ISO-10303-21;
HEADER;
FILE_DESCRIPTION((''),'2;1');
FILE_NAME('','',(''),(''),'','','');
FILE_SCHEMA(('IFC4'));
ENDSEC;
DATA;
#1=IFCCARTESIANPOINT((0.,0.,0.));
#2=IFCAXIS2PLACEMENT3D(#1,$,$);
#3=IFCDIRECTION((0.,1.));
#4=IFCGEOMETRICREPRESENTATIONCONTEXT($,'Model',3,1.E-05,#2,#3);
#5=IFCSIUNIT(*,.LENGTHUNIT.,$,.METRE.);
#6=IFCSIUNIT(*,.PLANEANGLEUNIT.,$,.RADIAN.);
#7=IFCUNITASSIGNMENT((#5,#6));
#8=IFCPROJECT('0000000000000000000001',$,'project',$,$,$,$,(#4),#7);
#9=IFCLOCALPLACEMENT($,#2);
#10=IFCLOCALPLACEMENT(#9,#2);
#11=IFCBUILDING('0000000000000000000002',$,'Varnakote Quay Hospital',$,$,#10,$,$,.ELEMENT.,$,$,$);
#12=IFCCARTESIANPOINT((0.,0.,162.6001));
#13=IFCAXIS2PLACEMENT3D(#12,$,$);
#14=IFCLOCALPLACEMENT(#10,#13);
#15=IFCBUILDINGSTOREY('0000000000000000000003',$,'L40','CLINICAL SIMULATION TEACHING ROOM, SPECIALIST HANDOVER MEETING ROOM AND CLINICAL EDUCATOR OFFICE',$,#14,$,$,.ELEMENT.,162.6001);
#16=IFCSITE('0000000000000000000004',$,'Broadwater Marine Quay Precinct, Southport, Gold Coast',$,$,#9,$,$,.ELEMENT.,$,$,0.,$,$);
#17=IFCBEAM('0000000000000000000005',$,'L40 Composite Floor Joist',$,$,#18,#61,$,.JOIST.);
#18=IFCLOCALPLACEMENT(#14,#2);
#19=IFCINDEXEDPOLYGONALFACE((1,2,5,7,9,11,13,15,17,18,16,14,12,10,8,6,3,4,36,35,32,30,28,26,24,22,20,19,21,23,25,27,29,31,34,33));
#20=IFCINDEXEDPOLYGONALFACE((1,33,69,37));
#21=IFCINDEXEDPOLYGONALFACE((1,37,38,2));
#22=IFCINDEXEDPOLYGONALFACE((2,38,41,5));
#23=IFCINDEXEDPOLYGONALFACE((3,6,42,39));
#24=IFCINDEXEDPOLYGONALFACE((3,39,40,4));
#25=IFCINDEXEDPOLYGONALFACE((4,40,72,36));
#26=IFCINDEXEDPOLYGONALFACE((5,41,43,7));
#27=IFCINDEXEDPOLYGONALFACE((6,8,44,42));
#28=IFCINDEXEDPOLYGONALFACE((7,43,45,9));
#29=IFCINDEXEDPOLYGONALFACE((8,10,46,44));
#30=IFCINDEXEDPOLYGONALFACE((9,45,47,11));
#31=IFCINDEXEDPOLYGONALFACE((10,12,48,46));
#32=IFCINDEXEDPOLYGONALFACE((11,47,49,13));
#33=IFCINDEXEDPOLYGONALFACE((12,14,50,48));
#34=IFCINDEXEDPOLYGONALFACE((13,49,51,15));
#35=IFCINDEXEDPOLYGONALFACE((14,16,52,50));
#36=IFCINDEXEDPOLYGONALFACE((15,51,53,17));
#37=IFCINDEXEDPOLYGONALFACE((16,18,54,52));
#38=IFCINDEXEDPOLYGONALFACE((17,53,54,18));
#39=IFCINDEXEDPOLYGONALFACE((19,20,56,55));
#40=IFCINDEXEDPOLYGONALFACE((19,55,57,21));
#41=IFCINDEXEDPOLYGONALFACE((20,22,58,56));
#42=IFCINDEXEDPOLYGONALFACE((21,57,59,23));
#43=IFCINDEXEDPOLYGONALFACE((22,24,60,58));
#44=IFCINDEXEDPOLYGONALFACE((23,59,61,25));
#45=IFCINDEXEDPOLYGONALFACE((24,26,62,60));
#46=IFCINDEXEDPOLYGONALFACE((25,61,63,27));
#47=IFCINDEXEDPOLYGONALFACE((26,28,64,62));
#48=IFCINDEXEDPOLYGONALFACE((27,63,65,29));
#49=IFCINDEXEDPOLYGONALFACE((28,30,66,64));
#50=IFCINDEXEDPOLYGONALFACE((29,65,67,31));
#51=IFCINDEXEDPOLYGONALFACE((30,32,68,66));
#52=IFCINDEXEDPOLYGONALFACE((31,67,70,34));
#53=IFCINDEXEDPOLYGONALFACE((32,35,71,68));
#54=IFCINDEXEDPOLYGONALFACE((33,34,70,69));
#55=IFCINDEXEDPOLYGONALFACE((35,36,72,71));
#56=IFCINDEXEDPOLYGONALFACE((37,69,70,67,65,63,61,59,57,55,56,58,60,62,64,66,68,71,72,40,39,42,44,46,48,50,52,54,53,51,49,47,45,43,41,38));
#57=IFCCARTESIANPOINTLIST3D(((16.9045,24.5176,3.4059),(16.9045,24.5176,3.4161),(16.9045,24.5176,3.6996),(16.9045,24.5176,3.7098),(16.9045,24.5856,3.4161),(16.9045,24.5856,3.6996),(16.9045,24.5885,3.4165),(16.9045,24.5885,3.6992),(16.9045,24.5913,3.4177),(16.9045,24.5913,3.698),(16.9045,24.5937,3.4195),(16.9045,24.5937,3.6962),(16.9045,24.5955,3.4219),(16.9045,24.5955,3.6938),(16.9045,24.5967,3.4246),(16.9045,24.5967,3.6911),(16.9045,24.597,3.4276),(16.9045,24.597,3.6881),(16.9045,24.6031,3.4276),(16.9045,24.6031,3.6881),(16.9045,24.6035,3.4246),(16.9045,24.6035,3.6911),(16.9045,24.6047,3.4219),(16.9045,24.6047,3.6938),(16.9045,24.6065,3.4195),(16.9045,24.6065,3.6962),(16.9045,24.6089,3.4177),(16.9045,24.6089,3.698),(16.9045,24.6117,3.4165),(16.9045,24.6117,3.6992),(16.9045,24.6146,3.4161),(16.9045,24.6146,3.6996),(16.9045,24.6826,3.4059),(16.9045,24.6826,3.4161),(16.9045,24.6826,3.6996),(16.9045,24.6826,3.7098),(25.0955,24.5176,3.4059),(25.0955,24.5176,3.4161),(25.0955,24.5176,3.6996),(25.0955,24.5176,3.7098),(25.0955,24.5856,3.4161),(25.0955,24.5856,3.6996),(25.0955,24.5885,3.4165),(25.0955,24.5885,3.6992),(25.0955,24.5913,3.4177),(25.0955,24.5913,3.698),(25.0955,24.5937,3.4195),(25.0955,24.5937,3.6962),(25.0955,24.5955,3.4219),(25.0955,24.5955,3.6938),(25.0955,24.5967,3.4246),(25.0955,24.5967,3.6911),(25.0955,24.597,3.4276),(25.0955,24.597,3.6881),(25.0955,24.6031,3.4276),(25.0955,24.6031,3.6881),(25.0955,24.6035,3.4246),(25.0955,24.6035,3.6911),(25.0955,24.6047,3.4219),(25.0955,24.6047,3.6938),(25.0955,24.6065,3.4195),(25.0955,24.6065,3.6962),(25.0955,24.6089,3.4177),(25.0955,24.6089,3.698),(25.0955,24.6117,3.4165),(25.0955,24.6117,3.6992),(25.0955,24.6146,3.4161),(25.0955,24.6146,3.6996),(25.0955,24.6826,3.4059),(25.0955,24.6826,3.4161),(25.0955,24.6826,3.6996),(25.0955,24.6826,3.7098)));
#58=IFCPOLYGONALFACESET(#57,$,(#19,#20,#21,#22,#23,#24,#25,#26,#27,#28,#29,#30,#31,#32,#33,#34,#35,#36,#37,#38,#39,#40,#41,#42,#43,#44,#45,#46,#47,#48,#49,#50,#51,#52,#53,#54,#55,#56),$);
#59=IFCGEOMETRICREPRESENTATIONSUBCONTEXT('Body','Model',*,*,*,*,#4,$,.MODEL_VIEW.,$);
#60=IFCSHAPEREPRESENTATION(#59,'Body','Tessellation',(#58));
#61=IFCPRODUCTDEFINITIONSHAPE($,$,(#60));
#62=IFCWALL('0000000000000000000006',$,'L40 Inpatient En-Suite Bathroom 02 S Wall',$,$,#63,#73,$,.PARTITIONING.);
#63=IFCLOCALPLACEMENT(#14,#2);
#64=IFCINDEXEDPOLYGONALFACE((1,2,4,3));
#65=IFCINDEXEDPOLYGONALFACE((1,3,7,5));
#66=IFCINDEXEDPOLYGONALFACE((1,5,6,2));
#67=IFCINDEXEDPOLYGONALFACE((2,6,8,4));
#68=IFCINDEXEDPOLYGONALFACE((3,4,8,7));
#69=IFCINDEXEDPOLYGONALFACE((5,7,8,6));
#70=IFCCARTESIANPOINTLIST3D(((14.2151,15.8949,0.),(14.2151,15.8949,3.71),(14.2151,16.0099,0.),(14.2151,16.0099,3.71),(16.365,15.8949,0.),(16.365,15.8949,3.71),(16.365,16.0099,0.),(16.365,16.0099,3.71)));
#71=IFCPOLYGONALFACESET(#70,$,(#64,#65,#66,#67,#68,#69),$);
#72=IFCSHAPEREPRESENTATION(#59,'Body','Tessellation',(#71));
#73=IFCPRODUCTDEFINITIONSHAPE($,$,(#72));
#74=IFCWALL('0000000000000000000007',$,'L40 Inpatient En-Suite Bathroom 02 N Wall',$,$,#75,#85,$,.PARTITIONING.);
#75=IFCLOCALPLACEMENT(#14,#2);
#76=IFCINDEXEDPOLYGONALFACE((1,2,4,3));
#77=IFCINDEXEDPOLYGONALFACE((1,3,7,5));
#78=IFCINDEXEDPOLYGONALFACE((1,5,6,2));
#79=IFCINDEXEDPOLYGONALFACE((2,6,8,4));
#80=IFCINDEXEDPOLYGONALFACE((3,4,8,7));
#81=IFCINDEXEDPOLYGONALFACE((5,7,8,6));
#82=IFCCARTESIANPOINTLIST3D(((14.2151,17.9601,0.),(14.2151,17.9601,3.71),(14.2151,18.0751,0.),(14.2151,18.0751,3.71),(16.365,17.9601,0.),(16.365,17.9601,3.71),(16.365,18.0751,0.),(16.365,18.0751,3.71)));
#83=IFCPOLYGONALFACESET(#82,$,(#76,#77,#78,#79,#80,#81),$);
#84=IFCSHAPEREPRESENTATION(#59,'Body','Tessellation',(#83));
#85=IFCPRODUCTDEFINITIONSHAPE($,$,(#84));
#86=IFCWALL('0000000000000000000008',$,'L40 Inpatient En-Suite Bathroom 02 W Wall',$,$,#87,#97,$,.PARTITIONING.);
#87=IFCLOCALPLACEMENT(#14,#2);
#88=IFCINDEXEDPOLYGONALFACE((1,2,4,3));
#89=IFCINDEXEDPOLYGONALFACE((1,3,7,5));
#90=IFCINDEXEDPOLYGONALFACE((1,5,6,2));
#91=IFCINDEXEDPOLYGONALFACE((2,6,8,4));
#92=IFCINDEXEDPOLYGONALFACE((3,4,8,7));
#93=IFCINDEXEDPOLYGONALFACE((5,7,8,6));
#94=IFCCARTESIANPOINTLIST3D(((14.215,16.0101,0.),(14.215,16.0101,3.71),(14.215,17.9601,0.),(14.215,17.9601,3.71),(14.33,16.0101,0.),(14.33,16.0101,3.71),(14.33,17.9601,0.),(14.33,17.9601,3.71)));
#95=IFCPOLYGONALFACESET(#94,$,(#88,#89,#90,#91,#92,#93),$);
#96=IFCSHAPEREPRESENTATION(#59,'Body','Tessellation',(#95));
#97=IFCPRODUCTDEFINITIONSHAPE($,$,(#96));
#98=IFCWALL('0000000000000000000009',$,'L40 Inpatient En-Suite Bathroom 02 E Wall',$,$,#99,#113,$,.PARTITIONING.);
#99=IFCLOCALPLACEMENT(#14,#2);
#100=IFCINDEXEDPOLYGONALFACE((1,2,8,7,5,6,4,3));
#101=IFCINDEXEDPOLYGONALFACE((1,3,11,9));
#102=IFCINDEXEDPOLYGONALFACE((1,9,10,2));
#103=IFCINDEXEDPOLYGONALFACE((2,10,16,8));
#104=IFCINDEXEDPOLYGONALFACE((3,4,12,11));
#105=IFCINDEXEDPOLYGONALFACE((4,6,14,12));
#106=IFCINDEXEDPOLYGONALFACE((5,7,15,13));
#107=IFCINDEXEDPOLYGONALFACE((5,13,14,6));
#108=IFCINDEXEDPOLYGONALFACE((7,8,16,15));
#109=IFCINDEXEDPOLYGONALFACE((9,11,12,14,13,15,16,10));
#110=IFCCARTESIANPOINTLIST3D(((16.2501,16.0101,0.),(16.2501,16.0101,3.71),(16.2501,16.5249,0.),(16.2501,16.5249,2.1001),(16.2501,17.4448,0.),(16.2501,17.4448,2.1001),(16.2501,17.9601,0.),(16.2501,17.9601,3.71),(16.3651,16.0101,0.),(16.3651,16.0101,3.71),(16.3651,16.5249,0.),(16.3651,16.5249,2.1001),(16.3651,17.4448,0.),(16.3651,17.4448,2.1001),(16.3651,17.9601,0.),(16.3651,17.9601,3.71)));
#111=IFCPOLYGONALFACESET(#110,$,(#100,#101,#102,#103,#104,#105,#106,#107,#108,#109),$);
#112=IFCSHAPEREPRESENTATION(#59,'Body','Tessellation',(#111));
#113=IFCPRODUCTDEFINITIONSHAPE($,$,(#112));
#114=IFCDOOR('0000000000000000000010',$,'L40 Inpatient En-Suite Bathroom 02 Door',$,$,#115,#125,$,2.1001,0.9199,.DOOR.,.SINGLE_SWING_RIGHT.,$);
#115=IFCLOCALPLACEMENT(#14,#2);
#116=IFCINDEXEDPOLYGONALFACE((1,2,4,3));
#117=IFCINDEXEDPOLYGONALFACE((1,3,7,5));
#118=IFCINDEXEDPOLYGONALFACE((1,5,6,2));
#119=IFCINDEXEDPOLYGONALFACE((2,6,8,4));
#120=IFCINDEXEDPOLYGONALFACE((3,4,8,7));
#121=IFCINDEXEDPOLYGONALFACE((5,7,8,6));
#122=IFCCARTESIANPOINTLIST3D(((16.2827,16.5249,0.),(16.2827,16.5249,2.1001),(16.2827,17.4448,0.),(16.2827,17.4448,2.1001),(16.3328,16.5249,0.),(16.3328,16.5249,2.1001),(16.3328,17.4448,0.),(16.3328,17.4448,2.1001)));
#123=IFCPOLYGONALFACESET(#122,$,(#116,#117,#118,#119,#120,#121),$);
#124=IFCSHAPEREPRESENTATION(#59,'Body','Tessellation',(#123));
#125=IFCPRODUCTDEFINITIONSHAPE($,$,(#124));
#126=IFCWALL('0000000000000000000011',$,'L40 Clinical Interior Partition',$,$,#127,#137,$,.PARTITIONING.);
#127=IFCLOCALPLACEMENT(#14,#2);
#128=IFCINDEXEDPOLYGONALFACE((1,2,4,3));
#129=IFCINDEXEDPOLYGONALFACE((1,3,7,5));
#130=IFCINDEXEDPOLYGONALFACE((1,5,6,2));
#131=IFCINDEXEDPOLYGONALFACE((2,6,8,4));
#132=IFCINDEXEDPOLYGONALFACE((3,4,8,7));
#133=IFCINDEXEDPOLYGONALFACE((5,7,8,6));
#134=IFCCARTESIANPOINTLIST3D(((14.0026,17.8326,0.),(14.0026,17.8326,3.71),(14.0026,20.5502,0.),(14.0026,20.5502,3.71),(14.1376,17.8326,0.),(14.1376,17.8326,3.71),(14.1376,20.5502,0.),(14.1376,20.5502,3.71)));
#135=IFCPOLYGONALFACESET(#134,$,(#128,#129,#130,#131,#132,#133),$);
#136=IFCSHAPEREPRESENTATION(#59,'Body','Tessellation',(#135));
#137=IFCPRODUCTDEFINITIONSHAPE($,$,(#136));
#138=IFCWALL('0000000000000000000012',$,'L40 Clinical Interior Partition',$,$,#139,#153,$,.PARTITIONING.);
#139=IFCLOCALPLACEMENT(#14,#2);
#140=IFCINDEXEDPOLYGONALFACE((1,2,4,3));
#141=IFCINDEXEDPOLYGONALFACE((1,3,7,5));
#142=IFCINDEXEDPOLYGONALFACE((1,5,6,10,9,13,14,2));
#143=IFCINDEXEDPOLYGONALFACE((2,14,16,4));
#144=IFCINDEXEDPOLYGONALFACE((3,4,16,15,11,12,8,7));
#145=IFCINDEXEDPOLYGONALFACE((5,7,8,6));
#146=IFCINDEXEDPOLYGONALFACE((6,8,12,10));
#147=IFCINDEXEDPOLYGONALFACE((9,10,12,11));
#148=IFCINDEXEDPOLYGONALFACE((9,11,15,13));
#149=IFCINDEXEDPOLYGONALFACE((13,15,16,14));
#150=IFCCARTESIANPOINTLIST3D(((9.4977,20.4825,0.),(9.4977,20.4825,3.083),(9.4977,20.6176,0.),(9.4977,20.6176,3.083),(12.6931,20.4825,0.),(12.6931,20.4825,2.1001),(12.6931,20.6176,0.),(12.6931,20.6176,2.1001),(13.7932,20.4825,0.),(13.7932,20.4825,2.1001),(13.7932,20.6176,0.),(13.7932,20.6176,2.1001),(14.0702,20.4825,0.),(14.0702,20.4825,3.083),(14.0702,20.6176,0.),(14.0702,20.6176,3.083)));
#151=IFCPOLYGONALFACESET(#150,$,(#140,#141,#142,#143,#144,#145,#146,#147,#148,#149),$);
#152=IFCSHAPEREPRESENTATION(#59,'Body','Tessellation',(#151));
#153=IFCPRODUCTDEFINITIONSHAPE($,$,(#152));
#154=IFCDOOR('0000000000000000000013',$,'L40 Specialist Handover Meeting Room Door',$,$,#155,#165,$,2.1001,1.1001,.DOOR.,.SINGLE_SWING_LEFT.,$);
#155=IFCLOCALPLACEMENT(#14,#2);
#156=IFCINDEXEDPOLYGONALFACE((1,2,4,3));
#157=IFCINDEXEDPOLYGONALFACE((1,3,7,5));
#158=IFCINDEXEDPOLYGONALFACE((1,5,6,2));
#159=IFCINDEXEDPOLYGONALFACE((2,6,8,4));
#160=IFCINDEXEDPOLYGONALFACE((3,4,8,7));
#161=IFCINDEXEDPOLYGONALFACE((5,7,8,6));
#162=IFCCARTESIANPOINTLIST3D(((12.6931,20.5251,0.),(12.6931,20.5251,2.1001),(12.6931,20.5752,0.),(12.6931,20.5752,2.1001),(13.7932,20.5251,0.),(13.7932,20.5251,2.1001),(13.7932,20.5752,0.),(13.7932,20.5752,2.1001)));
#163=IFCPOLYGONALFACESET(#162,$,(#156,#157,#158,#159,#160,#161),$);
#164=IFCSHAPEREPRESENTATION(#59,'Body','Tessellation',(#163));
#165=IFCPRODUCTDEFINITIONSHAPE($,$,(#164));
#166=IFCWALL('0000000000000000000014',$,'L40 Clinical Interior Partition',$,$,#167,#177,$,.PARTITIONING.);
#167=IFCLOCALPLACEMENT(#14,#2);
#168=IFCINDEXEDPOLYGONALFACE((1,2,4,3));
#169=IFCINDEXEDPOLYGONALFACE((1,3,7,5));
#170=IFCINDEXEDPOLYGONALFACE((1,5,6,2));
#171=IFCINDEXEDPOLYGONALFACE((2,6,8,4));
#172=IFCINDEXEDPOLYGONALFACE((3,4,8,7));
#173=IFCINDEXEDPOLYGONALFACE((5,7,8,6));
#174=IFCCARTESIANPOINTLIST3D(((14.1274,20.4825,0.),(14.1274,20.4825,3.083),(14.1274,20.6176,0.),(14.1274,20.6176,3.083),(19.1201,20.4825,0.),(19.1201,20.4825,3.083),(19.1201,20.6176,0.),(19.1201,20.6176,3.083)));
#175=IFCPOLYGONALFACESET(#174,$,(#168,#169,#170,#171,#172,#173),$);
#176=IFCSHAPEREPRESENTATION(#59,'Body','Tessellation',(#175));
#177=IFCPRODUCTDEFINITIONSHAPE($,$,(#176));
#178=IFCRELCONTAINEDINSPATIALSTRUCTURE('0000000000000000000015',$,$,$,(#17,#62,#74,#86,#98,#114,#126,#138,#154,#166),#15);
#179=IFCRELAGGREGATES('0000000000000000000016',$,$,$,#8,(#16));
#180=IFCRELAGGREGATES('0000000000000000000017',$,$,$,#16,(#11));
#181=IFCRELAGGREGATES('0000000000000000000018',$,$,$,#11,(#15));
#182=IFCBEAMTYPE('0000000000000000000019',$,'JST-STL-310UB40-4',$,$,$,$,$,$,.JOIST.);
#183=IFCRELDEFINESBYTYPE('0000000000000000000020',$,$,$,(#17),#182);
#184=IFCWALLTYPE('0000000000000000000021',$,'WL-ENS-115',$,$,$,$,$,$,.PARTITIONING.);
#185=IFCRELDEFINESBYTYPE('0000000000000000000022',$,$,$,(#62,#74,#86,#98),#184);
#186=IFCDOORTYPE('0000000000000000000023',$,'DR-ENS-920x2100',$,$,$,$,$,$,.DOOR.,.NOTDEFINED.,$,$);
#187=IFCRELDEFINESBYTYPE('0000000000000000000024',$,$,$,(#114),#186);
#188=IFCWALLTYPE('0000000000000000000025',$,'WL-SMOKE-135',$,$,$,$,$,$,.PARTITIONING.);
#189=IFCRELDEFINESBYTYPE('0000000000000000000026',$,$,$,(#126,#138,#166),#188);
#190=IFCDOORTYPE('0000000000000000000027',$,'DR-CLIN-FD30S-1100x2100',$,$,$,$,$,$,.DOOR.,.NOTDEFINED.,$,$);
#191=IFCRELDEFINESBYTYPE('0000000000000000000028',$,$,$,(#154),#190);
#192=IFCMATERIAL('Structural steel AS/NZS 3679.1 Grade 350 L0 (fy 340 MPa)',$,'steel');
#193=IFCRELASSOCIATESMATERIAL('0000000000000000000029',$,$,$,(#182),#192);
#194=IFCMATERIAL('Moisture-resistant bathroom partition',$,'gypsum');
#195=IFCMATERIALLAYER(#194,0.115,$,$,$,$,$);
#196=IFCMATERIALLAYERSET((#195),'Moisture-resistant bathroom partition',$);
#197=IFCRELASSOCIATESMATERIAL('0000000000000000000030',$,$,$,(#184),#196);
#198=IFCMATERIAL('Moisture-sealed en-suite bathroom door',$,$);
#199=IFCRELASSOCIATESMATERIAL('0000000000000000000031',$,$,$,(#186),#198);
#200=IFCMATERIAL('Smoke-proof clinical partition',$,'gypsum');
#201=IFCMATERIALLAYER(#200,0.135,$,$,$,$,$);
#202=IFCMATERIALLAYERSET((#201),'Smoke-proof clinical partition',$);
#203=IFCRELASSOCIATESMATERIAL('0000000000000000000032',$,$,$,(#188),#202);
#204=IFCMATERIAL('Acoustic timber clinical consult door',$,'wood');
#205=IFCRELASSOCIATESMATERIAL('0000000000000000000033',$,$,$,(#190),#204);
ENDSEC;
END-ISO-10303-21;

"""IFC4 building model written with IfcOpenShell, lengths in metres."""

from ifc_helpers import new_model, si_unit, direction, frame, frame_2d, origin, origin_2d, place, context, subcontext, project, spatial, rectangle, i_section, extrude, material, layer, layer_set, material_profile, profile_set, type_object, element, fill, save


model = new_model("IFC4")

# Units and contexts
model_context = context("Model", 3, precision=1e-05, world=origin(), true_north=direction((0.0, 1.0)))
body_context = subcontext(model_context, "Body", "Model", "MODEL_VIEW")
ifc_project = project(units=[si_unit("LENGTHUNIT", "METRE"), si_unit("PLANEANGLEUNIT", "RADIAN")], contexts=[model_context])

# Site, building, storey
site_placement = place(None, origin())
site = spatial("IfcSite", under=ifc_project, at=site_placement, Name="Broadwater Marine Quay Precinct, Southport, Gold Coast", CompositionType="ELEMENT", RefElevation=0.0)
building_placement = place(site_placement, origin())
building = spatial("IfcBuilding", under=site, at=building_placement, Name="Varnakote Quay Hospital", CompositionType="ELEMENT")
storey_placement = place(building_placement, frame((0.0, 0.0, 162.6001)))
storey = spatial("IfcBuildingStorey", under=building, at=storey_placement, Name="L40", Description="CLINICAL SIMULATION TEACHING ROOM, SPECIALIST HANDOVER MEETING ROOM AND CLINICAL EDUCATOR OFFICE", CompositionType="ELEMENT", Elevation=162.6001)

# Beam
ifc_material_1 = material(Name="Structural steel AS/NZS 3679.1 Grade 350 L0 (fy 340 MPa)", Category="steel")
ifc_material_profile_1 = material_profile(ifc_material_1, i_section(OverallWidth=0.165, OverallDepth=0.304, WebThickness=0.0061, FlangeThickness=0.0103, FilletRadius=0.0115, at=origin_2d()), Name="310UB40.4")
ifc_profile_set_1 = profile_set([ifc_material_profile_1], Name="Structural steel AS/NZS 3679.1 Grade 350 L0 (fy 340 MPa)")
beam_type_1 = type_object("IfcBeamType", Name="JST-STL-310UB40-4", PredefinedType="JOIST", material=ifc_profile_set_1)
beam_1_placement = place(storey_placement, frame((16.9045, 24.6001, 3.5579), z_axis=(1.0, 0.0, 0.0), x_axis=(0.0, 1.0, 0.0)))
element("IfcBeam", 1, at=beam_1_placement, inside=storey, type_object=beam_type_1, Name="L40 Composite Floor Joist", PredefinedType="JOIST", context=body_context, shape_type="SweptSolid", body=[
    extrude(i_section(OverallWidth=0.165, OverallDepth=0.304, WebThickness=0.0061, FlangeThickness=0.0103, FilletRadius=0.0115, at=origin_2d()), origin(), (0.0, 0.0, 1.0), 8.1909),
])

# Walls
ifc_material_2 = material(Name="Moisture-resistant bathroom partition", Category="gypsum")
ifc_layer_1 = layer(ifc_material_2, 0.115)
ifc_layer_set_1 = layer_set([ifc_layer_1], Name="Moisture-resistant bathroom partition")
wall_type_1 = type_object("IfcWallType", Name="WL-ENS-115", PredefinedType="PARTITIONING", material=ifc_layer_set_1)
for number, where, z_axis, x_axis, name in (
    (2, (14.2151, 15.9524, 0.0), (0.0, 0.0, 1.0), (1.0, 0.0, 0.0), "L40 Inpatient En-Suite Bathroom 02 S Wall"),
    (3, (14.2151, 18.0176, 0.0), (0.0, 0.0, 1.0), (1.0, 0.0, 0.0), "L40 Inpatient En-Suite Bathroom 02 N Wall"),
):
    element("IfcWall", number, at=place(storey_placement, frame(where, z_axis=z_axis, x_axis=x_axis)), inside=storey, type_object=wall_type_1, Name=name, PredefinedType="PARTITIONING", context=body_context, shape_type="SweptSolid", body=[
        extrude(rectangle(XDim=2.1499, YDim=0.115, at=frame_2d((1.075, 0.0))), origin(), (0.0, 0.0, 1.0), 3.71),
    ])
wall_1_placement = place(storey_placement, frame((14.2725, 16.01, 0.0), z_axis=(0.0, 0.0, 1.0), x_axis=(0.0, 1.0, 0.0)))
element("IfcWall", 4, at=wall_1_placement, inside=storey, type_object=wall_type_1, Name="L40 Inpatient En-Suite Bathroom 02 W Wall", PredefinedType="PARTITIONING", context=body_context, shape_type="SweptSolid", body=[
    extrude(rectangle(XDim=1.95, YDim=0.115, at=frame_2d((0.9751, 0.0))), origin(), (0.0, 0.0, 1.0), 3.71),
])

# Wall, opening, door
wall_2_placement = place(storey_placement, frame((16.3076, 16.01, 0.0), z_axis=(0.0, 0.0, 1.0), x_axis=(0.0, 1.0, 0.0)))
wall_2 = element("IfcWall", 5, at=wall_2_placement, inside=storey, type_object=wall_type_1, Name="L40 Inpatient En-Suite Bathroom 02 E Wall", PredefinedType="PARTITIONING", context=body_context, shape_type="SweptSolid", body=[
    extrude(rectangle(XDim=1.95, YDim=0.115, at=frame_2d((0.9751, 0.0))), origin(), (0.0, 0.0, 1.0), 3.71),
])
opening_1_placement = place(wall_2_placement, frame((0.5149, 0.0, 0.0)))
opening_1 = element("IfcOpeningElement", 6, at=opening_1_placement, cuts=wall_2, PredefinedType="OPENING", context=body_context, shape_type="SweptSolid", body=[
    extrude(rectangle(XDim=0.9199, YDim=2.1001, at=frame_2d((0.46, 1.05))), frame((0.0, 0.0674, 0.0), z_axis=(0.0, -1.0, 0.0), x_axis=(1.0, 0.0, 0.0)), (0.0, 0.0, 1.0), 0.135),
])
ifc_material_3 = material(Name="Moisture-sealed en-suite bathroom door")
door_type_1 = type_object("IfcDoorType", Name="DR-ENS-920x2100", OperationType="NOTDEFINED", PredefinedType="DOOR", material=ifc_material_3)
door_1_placement = place(opening_1_placement, origin())
door_1 = element("IfcDoor", 7, at=door_1_placement, inside=storey, type_object=door_type_1, Name="L40 Inpatient En-Suite Bathroom 02 Door", OperationType="SINGLE_SWING_RIGHT", OverallHeight=2.1001, OverallWidth=0.9199, PredefinedType="DOOR", context=body_context, shape_type="SweptSolid", body=[
    extrude(rectangle(XDim=0.9199, YDim=2.1001, at=frame_2d((0.46, 1.05))), frame((0.0, 0.0249, 0.0), z_axis=(0.0, -1.0, 0.0), x_axis=(1.0, 0.0, 0.0)), (0.0, 0.0, 1.0), 0.05),
])
fill(opening_1, door_1)

# Wall
ifc_material_4 = material(Name="Smoke-proof clinical partition", Category="gypsum")
ifc_layer_2 = layer(ifc_material_4, 0.135)
ifc_layer_set_2 = layer_set([ifc_layer_2], Name="Smoke-proof clinical partition")
wall_type_2 = type_object("IfcWallType", Name="WL-SMOKE-135", PredefinedType="PARTITIONING", material=ifc_layer_set_2)
wall_3_placement = place(storey_placement, frame((14.0701, 17.8325, 0.0), z_axis=(0.0, 0.0, 1.0), x_axis=(0.0, 1.0, 0.0)))
element("IfcWall", 8, at=wall_3_placement, inside=storey, type_object=wall_type_2, Name="L40 Clinical Interior Partition", PredefinedType="PARTITIONING", context=body_context, shape_type="SweptSolid", body=[
    extrude(rectangle(XDim=2.7175, YDim=0.135, at=frame_2d((1.3589, 0.0))), origin(), (0.0, 0.0, 1.0), 3.71),
])

# Wall, opening, door
wall_4_placement = place(storey_placement, frame((14.0701, 20.55, 0.0), z_axis=(0.0, 0.0, 1.0), x_axis=(-1.0, 0.0, 0.0)))
wall_4 = element("IfcWall", 9, at=wall_4_placement, inside=storey, type_object=wall_type_2, Name="L40 Clinical Interior Partition", PredefinedType="PARTITIONING", context=body_context, shape_type="SweptSolid", body=[
    extrude(rectangle(XDim=4.5725, YDim=0.135, at=frame_2d((2.2861, 0.0))), origin(), (0.0, 0.0, 1.0), 3.083),
])
opening_2_placement = place(wall_4_placement, frame((0.2769, 0.0, 0.0)))
opening_2 = element("IfcOpeningElement", 10, at=opening_2_placement, cuts=wall_4, PredefinedType="OPENING", context=body_context, shape_type="SweptSolid", body=[
    extrude(rectangle(XDim=1.1001, YDim=2.1001, at=frame_2d((0.55, 1.05))), frame((0.0, 0.0774, 0.0), z_axis=(0.0, -1.0, 0.0), x_axis=(1.0, 0.0, 0.0)), (0.0, 0.0, 1.0), 0.155),
])
ifc_material_5 = material(Name="Acoustic timber clinical consult door", Category="wood")
door_type_2 = type_object("IfcDoorType", Name="DR-CLIN-FD30S-1100x2100", OperationType="NOTDEFINED", PredefinedType="DOOR", material=ifc_material_5)
door_2_placement = place(opening_2_placement, origin())
door_2 = element("IfcDoor", 11, at=door_2_placement, inside=storey, type_object=door_type_2, Name="L40 Specialist Handover Meeting Room Door", OperationType="SINGLE_SWING_LEFT", OverallHeight=2.1001, OverallWidth=1.1001, PredefinedType="DOOR", context=body_context, shape_type="SweptSolid", body=[
    extrude(rectangle(XDim=1.1001, YDim=2.1001, at=frame_2d((0.55, 1.05))), frame((0.0, 0.0249, 0.0), z_axis=(0.0, -1.0, 0.0), x_axis=(1.0, 0.0, 0.0)), (0.0, 0.0, 1.0), 0.05),
])
fill(opening_2, door_2)

# Wall
wall_5_placement = place(storey_placement, frame((19.1201, 20.55, 0.0), z_axis=(0.0, 0.0, 1.0), x_axis=(-1.0, 0.0, 0.0)))
element("IfcWall", 12, at=wall_5_placement, inside=storey, type_object=wall_type_2, Name="L40 Clinical Interior Partition", PredefinedType="PARTITIONING", context=body_context, shape_type="SweptSolid", body=[
    extrude(rectangle(XDim=4.9927, YDim=0.135, at=frame_2d((2.4963, 0.0))), origin(), (0.0, 0.0, 1.0), 3.083),
])

save(model, "model.ifc")
